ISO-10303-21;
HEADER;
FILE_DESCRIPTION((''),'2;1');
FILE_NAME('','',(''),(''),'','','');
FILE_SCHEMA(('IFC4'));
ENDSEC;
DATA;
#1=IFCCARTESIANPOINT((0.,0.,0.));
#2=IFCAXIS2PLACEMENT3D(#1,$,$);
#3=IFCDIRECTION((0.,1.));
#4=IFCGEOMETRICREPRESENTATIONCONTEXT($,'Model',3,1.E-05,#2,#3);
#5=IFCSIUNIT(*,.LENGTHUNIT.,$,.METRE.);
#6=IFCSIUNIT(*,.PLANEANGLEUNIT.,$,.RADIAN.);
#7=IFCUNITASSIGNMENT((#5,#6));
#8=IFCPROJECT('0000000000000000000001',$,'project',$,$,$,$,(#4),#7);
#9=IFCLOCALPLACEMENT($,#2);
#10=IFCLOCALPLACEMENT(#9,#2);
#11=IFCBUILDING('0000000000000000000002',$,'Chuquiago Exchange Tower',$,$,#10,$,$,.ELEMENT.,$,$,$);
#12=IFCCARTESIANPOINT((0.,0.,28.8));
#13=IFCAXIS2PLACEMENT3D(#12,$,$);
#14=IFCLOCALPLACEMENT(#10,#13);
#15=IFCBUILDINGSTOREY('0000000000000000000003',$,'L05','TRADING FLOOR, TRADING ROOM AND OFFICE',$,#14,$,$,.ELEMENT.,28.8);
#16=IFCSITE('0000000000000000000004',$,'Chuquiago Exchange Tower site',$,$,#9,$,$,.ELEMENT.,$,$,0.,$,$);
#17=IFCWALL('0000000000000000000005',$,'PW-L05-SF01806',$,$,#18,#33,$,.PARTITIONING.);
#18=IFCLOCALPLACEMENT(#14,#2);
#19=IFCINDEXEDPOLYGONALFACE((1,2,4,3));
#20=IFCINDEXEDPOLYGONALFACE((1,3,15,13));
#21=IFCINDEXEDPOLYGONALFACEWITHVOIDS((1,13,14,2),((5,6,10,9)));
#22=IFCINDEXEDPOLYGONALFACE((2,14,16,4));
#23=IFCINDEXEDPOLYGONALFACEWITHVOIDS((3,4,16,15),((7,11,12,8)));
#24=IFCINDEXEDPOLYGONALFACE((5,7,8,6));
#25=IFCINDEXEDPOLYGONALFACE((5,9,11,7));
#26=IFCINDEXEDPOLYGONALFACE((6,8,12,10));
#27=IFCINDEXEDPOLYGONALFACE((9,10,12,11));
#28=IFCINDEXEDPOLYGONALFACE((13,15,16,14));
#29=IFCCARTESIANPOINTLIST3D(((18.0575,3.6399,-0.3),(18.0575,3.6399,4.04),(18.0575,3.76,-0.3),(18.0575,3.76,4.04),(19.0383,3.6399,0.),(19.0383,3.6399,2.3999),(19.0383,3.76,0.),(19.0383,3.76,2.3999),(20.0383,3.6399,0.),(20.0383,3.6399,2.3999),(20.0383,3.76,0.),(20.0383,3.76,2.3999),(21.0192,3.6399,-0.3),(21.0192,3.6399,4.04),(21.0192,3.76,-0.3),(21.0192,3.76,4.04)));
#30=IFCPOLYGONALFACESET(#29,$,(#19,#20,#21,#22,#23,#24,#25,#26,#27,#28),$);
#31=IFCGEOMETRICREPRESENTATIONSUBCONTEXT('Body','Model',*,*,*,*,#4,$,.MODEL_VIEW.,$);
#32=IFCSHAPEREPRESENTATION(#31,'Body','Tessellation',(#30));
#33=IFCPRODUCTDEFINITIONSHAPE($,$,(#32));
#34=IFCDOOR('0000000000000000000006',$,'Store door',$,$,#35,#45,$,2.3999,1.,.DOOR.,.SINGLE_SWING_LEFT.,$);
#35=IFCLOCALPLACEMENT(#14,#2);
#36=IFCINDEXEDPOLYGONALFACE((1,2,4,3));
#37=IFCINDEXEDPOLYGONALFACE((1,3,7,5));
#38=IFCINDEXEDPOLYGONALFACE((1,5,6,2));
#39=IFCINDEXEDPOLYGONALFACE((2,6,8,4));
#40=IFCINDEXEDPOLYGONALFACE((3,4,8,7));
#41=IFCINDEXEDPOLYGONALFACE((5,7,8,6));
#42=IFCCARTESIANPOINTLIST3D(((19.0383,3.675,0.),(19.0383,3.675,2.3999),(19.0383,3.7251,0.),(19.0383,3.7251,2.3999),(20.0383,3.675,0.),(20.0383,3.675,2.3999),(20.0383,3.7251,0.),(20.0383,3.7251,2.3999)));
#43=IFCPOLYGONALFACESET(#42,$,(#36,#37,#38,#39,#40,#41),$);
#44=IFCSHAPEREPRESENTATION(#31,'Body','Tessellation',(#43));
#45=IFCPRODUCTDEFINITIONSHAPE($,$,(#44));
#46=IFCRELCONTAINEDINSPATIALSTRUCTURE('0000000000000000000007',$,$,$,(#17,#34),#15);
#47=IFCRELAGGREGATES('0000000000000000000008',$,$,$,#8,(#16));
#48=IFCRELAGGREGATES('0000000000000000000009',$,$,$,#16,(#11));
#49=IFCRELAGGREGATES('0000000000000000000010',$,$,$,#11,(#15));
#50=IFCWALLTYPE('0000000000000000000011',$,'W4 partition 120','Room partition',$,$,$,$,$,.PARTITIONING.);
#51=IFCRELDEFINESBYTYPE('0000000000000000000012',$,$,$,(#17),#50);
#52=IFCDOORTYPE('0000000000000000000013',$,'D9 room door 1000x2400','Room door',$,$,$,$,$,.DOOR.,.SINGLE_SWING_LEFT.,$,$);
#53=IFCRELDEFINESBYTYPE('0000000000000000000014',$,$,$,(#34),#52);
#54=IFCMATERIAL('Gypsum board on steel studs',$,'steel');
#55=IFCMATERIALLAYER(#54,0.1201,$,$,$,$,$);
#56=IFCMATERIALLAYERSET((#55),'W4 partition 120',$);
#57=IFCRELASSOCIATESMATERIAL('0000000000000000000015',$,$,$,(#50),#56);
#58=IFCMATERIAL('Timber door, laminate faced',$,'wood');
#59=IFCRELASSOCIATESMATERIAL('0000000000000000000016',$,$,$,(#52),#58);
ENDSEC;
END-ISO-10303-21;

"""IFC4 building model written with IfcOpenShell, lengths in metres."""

from ifc_helpers import new_model, si_unit, direction, frame, frame_2d, origin, place, context, subcontext, project, spatial, rectangle, extrude, material, layer, layer_set, type_object, element, fill, save


model = new_model("IFC4")

# Units and contexts
model_context = context("Model", 3, precision=1e-05, world=origin(), true_north=direction((0.0, 1.0)))
body_context = subcontext(model_context, "Body", "Model", "MODEL_VIEW")
ifc_project = project(units=[si_unit("LENGTHUNIT", "METRE"), si_unit("PLANEANGLEUNIT", "RADIAN")], contexts=[model_context])

# Site, building, storey
site_placement = place(None, origin())
site = spatial("IfcSite", under=ifc_project, at=site_placement, Name="Chuquiago Exchange Tower site", CompositionType="ELEMENT", RefElevation=0.0)
building_placement = place(site_placement, origin())
building = spatial("IfcBuilding", under=site, at=building_placement, Name="Chuquiago Exchange Tower", CompositionType="ELEMENT")
storey_placement = place(building_placement, frame((0.0, 0.0, 28.8)))
storey = spatial("IfcBuildingStorey", under=building, at=storey_placement, Name="L05", Description="TRADING FLOOR, TRADING ROOM AND OFFICE", CompositionType="ELEMENT", Elevation=28.8)

# Shared definitions
ifc_material_1 = material(Name="Gypsum board on steel studs", Category="steel")
ifc_layer_1 = layer(ifc_material_1, 0.1201)
ifc_layer_set_1 = layer_set([ifc_layer_1], Name="W4 partition 120")
wall_type = type_object("IfcWallType", Name="W4 partition 120", Description="Room partition", PredefinedType="PARTITIONING", material=ifc_layer_set_1)

# Wall, opening, door
ifc_material_2 = material(Name="Timber door, laminate faced", Category="wood")
door_type = type_object("IfcDoorType", Name="D9 room door 1000x2400", Description="Room door", OperationType="SINGLE_SWING_LEFT", PredefinedType="DOOR", material=ifc_material_2)
wall_1_placement = place(storey_placement, frame((18.0574, 3.7, -0.3), z_axis=(0.0, 0.0, 1.0), x_axis=(1.0, 0.0, 0.0)))
wall_1 = element("IfcWall", 1, at=wall_1_placement, inside=storey, type_object=wall_type, Name="PW-L05-SF01806", PredefinedType="PARTITIONING", context=body_context, shape_type="SweptSolid", body=[
    extrude(rectangle(XDim=2.9617, YDim=0.1201, at=frame_2d((1.481, 0.0))), origin(), (0.0, 0.0, 1.0), 4.3401),
])
opening_1_placement = place(wall_1_placement, frame((0.981, 0.0, 0.3)))
opening_1 = element("IfcOpeningElement", 2, at=opening_1_placement, cuts=wall_1, PredefinedType="OPENING", context=body_context, shape_type="SweptSolid", body=[
    extrude(rectangle(XDim=1.0, YDim=2.3999, at=frame_2d((0.5, 1.2))), frame((0.0, 0.0701, 0.0), z_axis=(0.0, -1.0, 0.0), x_axis=(1.0, 0.0, 0.0)), (0.0, 0.0, 1.0), 0.1401),
])
door_1_placement = place(opening_1_placement, frame((1.0, 0.0, 0.0), z_axis=(0.0, 0.0, 1.0), x_axis=(-1.0, 0.0, 0.0)))
door_1 = element("IfcDoor", 3, at=door_1_placement, inside=storey, type_object=door_type, Name="Store door", OperationType="SINGLE_SWING_LEFT", OverallHeight=2.3999, OverallWidth=1.0, PredefinedType="DOOR", context=body_context, shape_type="SweptSolid", body=[
    extrude(rectangle(XDim=1.0, YDim=2.3999, at=frame_2d((0.5, 1.2))), frame((0.0, 0.0249, 0.0), z_axis=(0.0, -1.0, 0.0), x_axis=(1.0, 0.0, 0.0)), (0.0, 0.0, 1.0), 0.05),
])
fill(opening_1, door_1)

save(model, "model.ifc")
